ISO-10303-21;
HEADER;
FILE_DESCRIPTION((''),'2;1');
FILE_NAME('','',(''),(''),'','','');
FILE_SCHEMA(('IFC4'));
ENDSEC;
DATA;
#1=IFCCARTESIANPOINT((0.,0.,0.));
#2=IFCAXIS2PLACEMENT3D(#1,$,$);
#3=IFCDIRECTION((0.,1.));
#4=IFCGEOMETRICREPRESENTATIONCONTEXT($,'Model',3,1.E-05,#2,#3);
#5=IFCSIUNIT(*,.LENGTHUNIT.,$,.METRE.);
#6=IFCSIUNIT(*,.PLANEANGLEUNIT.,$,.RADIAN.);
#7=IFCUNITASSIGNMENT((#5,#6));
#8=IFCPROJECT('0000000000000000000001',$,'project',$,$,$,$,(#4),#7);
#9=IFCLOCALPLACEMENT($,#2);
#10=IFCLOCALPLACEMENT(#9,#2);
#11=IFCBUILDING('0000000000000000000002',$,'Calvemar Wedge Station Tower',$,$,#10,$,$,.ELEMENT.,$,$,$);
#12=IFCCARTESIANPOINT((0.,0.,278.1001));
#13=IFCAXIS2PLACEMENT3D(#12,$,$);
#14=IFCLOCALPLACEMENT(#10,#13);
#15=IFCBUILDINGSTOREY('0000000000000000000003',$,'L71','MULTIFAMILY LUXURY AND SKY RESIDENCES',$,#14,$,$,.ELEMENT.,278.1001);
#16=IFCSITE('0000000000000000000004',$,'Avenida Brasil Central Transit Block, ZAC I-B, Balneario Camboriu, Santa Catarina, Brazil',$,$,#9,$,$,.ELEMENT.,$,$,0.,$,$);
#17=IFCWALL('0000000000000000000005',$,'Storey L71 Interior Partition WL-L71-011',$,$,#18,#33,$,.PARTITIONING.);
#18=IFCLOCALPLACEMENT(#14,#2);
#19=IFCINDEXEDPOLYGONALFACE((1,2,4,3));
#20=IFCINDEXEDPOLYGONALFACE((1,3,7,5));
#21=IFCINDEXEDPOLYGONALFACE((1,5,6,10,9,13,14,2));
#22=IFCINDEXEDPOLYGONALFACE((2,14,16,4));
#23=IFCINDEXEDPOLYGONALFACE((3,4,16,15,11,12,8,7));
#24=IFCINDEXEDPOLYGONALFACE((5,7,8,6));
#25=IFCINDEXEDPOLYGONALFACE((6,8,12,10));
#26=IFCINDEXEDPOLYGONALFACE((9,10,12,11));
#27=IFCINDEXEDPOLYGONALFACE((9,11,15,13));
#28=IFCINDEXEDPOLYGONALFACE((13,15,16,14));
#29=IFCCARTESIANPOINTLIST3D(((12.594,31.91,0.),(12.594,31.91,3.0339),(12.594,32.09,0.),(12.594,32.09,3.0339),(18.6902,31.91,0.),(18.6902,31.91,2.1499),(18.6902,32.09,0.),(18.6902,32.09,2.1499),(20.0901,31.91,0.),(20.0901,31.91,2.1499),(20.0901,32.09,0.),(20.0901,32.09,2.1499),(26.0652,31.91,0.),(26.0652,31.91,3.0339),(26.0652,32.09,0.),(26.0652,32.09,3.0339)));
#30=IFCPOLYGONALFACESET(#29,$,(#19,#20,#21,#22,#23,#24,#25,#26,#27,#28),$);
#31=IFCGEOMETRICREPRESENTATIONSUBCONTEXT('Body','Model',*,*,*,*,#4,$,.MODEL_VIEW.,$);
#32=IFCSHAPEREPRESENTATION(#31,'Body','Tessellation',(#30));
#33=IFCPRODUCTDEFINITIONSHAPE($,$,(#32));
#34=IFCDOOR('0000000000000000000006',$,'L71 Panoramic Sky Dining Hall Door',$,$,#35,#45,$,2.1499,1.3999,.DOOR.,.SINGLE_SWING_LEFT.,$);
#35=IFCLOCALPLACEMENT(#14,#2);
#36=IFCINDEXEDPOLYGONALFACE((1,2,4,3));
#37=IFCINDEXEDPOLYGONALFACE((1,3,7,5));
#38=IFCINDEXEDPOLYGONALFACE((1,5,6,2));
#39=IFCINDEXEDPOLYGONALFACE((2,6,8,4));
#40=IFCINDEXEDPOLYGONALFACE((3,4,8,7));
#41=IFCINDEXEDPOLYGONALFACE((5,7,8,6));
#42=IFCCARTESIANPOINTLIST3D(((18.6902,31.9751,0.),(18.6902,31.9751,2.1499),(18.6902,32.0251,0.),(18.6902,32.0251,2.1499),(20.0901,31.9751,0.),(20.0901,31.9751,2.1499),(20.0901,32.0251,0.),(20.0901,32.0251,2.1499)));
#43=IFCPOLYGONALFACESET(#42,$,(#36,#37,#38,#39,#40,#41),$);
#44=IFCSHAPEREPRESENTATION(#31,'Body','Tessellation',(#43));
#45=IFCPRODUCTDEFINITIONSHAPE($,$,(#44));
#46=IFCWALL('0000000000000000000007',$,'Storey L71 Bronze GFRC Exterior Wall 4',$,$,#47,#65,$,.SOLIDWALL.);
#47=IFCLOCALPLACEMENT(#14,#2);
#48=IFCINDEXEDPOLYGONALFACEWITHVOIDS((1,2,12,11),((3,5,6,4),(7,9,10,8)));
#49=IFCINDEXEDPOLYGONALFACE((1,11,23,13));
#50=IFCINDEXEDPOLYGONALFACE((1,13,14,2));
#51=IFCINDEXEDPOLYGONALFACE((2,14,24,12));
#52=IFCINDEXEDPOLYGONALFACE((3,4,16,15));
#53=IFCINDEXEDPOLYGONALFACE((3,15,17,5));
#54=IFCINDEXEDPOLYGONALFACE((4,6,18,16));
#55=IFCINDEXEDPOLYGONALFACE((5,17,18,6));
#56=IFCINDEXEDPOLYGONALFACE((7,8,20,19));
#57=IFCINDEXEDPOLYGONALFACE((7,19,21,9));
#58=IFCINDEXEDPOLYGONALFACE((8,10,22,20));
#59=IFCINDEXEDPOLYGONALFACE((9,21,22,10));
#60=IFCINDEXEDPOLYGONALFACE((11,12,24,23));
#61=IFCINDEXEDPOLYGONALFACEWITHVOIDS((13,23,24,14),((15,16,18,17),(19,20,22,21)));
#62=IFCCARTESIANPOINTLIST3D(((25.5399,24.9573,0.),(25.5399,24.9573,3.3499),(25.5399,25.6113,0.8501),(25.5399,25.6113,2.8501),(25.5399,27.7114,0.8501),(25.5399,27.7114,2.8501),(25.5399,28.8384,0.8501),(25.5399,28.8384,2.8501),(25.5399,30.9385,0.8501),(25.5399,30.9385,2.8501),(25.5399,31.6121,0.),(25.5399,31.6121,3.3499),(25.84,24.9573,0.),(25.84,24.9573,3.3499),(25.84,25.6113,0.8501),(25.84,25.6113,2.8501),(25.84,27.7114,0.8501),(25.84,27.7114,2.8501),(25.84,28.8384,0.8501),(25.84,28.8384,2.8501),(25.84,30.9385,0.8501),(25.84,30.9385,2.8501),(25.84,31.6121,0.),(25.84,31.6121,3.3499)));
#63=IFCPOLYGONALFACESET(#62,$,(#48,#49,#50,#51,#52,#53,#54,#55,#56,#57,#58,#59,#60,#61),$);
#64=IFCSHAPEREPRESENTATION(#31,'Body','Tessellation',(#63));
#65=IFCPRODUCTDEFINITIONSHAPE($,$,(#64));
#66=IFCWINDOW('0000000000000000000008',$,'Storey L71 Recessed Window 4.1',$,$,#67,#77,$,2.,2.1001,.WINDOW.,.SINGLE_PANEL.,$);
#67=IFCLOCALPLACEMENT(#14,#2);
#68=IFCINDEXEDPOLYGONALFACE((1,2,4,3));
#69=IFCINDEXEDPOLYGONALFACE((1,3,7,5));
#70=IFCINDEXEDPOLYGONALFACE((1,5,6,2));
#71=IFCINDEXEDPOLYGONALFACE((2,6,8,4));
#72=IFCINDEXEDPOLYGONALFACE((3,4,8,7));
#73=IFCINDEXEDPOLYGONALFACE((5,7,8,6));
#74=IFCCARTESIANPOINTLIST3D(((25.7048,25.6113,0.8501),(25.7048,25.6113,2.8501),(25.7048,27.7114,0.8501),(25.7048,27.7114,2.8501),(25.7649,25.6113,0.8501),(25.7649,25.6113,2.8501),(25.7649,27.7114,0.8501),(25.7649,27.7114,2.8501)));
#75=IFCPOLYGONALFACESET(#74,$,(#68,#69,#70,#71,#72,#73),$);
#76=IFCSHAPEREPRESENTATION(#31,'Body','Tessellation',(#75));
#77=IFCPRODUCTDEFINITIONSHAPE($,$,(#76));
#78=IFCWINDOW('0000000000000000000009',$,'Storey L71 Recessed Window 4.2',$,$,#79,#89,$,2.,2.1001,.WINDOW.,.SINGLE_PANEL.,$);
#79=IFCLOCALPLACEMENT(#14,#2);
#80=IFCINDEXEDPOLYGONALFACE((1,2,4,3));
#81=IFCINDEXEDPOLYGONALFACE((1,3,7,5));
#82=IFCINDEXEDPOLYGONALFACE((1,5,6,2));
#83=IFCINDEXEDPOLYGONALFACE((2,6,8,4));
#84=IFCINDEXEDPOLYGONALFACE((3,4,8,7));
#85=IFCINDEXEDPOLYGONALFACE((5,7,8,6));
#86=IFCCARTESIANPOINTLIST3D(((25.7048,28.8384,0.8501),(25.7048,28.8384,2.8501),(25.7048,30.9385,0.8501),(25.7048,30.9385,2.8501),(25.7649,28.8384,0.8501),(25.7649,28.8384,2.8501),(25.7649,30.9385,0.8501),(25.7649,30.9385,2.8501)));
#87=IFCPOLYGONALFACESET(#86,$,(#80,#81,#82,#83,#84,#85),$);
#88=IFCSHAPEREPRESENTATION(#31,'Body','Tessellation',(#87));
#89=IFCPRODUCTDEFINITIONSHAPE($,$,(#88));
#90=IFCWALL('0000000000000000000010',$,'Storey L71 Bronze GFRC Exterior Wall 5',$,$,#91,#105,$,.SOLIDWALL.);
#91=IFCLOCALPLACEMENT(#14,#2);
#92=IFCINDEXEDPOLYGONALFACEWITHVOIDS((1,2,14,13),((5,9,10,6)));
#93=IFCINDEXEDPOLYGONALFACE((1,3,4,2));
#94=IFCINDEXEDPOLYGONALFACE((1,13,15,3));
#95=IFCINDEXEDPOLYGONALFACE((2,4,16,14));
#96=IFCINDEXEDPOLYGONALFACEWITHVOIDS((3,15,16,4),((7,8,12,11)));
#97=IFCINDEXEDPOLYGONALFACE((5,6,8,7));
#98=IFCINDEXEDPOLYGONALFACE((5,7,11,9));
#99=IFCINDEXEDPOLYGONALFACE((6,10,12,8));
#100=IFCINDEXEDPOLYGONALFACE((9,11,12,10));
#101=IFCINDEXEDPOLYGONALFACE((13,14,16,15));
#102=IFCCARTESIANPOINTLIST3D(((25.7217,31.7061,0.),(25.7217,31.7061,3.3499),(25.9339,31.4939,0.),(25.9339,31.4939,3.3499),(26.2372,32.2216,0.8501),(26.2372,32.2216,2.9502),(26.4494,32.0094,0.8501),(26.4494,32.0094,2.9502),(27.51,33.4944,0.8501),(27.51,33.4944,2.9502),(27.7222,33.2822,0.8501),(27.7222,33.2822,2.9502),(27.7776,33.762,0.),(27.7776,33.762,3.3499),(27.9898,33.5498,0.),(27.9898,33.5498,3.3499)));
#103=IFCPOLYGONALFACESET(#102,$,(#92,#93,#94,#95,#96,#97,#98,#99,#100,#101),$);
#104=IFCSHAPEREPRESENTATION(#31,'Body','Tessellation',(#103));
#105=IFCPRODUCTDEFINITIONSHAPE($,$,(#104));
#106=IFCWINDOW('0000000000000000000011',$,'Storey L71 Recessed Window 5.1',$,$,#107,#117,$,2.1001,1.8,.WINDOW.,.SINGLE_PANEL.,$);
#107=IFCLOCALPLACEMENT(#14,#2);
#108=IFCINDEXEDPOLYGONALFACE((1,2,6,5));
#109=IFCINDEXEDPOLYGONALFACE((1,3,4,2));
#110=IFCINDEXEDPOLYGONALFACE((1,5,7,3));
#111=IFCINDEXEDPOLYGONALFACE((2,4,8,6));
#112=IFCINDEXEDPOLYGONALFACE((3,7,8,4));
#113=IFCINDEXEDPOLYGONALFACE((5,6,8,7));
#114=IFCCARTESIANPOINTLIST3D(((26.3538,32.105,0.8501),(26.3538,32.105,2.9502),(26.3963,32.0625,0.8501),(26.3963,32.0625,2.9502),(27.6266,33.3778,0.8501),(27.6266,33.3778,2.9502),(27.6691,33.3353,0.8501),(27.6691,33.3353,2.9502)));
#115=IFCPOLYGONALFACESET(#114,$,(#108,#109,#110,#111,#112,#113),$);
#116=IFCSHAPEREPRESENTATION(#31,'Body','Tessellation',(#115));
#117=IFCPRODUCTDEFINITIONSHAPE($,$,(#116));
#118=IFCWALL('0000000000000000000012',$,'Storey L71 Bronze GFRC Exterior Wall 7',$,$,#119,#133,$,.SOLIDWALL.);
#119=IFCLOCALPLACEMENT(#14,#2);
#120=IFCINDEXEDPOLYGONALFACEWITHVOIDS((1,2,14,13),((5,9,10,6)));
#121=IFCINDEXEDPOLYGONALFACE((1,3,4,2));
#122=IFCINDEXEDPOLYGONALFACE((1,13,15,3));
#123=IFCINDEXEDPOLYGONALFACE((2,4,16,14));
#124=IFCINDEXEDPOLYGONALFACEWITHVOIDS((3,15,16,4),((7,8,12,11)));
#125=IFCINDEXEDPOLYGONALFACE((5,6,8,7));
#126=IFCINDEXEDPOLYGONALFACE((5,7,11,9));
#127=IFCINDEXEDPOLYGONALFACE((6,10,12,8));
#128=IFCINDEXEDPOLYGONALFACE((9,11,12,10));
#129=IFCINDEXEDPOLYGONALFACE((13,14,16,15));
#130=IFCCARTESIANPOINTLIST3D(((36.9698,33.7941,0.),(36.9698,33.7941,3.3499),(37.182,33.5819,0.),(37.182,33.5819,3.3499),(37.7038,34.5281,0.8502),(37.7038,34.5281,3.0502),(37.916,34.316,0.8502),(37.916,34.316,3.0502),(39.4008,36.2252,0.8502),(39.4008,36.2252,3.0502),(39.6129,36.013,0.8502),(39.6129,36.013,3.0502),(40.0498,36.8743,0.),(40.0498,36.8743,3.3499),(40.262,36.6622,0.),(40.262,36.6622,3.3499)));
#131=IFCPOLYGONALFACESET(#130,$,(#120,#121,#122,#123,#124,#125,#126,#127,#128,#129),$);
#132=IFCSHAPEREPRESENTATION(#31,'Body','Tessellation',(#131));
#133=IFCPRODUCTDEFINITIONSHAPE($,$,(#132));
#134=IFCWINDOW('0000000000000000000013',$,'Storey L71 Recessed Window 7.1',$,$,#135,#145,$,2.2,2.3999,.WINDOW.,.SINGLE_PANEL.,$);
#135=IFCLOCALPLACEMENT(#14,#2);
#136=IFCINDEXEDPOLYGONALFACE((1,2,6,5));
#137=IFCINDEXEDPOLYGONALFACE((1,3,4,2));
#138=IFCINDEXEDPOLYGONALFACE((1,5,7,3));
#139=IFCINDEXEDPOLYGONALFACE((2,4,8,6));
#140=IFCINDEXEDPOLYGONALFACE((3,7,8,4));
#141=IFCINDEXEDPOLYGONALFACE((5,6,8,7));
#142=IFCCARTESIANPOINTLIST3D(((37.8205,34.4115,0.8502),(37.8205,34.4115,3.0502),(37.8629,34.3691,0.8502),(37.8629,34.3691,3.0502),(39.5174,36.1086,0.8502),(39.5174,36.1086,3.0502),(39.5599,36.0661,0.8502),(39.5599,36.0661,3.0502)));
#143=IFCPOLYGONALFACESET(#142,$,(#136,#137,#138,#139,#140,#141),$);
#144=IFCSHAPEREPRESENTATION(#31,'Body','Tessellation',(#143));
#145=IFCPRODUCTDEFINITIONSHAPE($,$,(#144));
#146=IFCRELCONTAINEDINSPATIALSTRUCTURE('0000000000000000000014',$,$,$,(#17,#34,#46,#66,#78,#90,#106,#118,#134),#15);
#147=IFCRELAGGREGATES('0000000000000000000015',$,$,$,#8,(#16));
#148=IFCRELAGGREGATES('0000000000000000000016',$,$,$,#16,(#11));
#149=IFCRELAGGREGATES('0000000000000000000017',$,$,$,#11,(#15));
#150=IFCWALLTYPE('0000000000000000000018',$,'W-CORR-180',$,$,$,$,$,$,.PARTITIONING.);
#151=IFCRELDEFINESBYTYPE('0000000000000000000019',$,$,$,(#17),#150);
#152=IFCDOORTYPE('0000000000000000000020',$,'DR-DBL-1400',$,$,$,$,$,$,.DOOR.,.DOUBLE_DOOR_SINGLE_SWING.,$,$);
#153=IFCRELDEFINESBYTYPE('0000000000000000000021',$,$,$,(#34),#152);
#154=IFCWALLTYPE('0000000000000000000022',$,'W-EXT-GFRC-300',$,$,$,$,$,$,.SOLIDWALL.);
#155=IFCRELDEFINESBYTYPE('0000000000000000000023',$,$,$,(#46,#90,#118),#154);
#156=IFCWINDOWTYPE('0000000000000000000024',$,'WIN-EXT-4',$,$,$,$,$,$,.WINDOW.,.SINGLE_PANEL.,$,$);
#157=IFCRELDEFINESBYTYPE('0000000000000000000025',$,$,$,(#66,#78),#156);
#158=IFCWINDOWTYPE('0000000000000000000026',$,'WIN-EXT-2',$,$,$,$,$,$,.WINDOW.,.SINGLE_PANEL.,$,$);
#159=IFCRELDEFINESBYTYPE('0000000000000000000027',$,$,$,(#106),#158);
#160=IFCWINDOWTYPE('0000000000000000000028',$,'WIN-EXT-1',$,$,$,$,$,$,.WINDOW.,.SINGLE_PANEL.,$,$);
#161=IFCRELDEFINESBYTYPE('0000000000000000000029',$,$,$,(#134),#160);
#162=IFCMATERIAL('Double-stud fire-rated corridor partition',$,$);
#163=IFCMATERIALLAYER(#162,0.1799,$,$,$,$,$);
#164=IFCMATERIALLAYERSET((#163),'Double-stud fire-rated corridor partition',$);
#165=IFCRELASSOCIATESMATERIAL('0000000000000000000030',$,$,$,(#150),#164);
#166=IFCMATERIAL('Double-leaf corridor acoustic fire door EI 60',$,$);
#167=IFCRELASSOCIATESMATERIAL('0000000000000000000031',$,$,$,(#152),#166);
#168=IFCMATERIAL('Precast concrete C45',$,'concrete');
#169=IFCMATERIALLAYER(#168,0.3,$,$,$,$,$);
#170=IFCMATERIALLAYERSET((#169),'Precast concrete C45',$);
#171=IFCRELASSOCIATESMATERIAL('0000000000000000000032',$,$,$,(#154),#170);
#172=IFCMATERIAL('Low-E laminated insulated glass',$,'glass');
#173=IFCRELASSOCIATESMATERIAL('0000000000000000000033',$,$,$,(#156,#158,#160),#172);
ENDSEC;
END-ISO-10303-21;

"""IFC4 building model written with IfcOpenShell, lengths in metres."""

from ifc_helpers import new_model, si_unit, direction, frame, frame_2d, origin, place, context, subcontext, project, spatial, rectangle, extrude, source, transform, mapped, material, layer, layer_set, type_object, element, fill, save


model = new_model("IFC4")

# Units and contexts
model_context = context("Model", 3, precision=1e-05, world=origin(), true_north=direction((0.0, 1.0)))
body_context = subcontext(model_context, "Body", "Model", "MODEL_VIEW")
ifc_project = project(units=[si_unit("LENGTHUNIT", "METRE"), si_unit("PLANEANGLEUNIT", "RADIAN")], contexts=[model_context])

# Site, building, storey
site_placement = place(None, origin())
site = spatial("IfcSite", under=ifc_project, at=site_placement, Name="Avenida Brasil Central Transit Block, ZAC I-B, Balneario Camboriu, Santa Catarina, Brazil", CompositionType="ELEMENT", RefElevation=0.0)
building_placement = place(site_placement, origin())
building = spatial("IfcBuilding", under=site, at=building_placement, Name="Calvemar Wedge Station Tower", CompositionType="ELEMENT")
storey_placement = place(building_placement, frame((0.0, 0.0, 278.1001)))
storey = spatial("IfcBuildingStorey", under=building, at=storey_placement, Name="L71", Description="MULTIFAMILY LUXURY AND SKY RESIDENCES", CompositionType="ELEMENT", Elevation=278.1001)

# Wall, opening, door
ifc_material_1 = material(Name="Double-stud fire-rated corridor partition")
ifc_layer_1 = layer(ifc_material_1, 0.1799)
ifc_layer_set_1 = layer_set([ifc_layer_1], Name="Double-stud fire-rated corridor partition")
wall_type_1 = type_object("IfcWallType", Name="W-CORR-180", PredefinedType="PARTITIONING", material=ifc_layer_set_1)
wall_1_placement = place(storey_placement, frame((26.0652, 32.0, 0.0), z_axis=(0.0, 0.0, 1.0), x_axis=(-1.0, 0.0, 0.0)))
wall_1 = element("IfcWall", 1, at=wall_1_placement, inside=storey, type_object=wall_type_1, Name="Storey L71 Interior Partition WL-L71-011", PredefinedType="PARTITIONING", context=body_context, shape_type="SweptSolid", body=[
    extrude(rectangle(XDim=13.4712, YDim=0.1799, at=frame_2d((6.7356, 0.0))), origin(), (0.0, 0.0, 1.0), 3.0339),
])
shared_shape_1 = source(origin(), body_context, "Body", "SweptSolid", [
    extrude(rectangle(XDim=1.3999, YDim=2.1499, at=frame_2d((0.7, 1.075))), frame((0.0, 0.1001, 0.0), z_axis=(0.0, -1.0, 0.0), x_axis=(1.0, 0.0, 0.0)), (0.0, 0.0, 1.0), 0.2),
])
opening_1_placement = place(wall_1_placement, frame((5.9751, 0.0, 0.0)))
opening_1 = element("IfcOpeningElement", 2, at=opening_1_placement, cuts=wall_1, PredefinedType="OPENING", context=body_context, shape_type="MappedRepresentation", body=[
    mapped(shared_shape_1, transform((0.0, 0.0, 0.0), scale=1.0)),
])
ifc_material_2 = material(Name="Double-leaf corridor acoustic fire door EI 60")
door_type_1 = type_object("IfcDoorType", Name="DR-DBL-1400", OperationType="DOUBLE_DOOR_SINGLE_SWING", PredefinedType="DOOR", material=ifc_material_2)
shared_shape_2 = source(origin(), body_context, "Body", "SweptSolid", [
    extrude(rectangle(XDim=1.3999, YDim=2.1499, at=frame_2d((0.7, 1.075))), frame((0.0, 0.0249, 0.0), z_axis=(0.0, -1.0, 0.0), x_axis=(1.0, 0.0, 0.0)), (0.0, 0.0, 1.0), 0.05),
])
door_1_placement = place(opening_1_placement, origin())
door_1 = element("IfcDoor", 3, at=door_1_placement, inside=storey, type_object=door_type_1, Name="L71 Panoramic Sky Dining Hall Door", OperationType="SINGLE_SWING_LEFT", OverallHeight=2.1499, OverallWidth=1.3999, PredefinedType="DOOR", context=body_context, shape_type="MappedRepresentation", body=[
    mapped(shared_shape_2, transform((0.0, 0.0, 0.0), scale=1.0)),
])
fill(opening_1, door_1)

# Wall, openings, windows
ifc_material_3 = material(Name="Precast concrete C45", Category="concrete")
ifc_layer_2 = layer(ifc_material_3, 0.3)
ifc_layer_set_2 = layer_set([ifc_layer_2], Name="Precast concrete C45")
wall_type_2 = type_object("IfcWallType", Name="W-EXT-GFRC-300", PredefinedType="SOLIDWALL", material=ifc_layer_set_2)
wall_2_placement = place(storey_placement, frame((25.6899, 24.9573, 0.0), z_axis=(0.0, 0.0, 1.0), x_axis=(0.0, 1.0, 0.0)))
wall_2 = element("IfcWall", 4, at=wall_2_placement, inside=storey, type_object=wall_type_2, Name="Storey L71 Bronze GFRC Exterior Wall 4", PredefinedType="SOLIDWALL", context=body_context, shape_type="SweptSolid", body=[
    extrude(rectangle(XDim=6.6548, YDim=0.3, at=frame_2d((3.3274, 0.0))), origin(), (0.0, 0.0, 1.0), 3.3499),
])
shared_shape_3 = source(origin(), body_context, "Body", "SweptSolid", [
    extrude(rectangle(XDim=2.1001, YDim=2.0, at=frame_2d((1.05, 1.0))), frame((0.0, 0.1602, 0.0), z_axis=(0.0, -1.0, 0.0), x_axis=(1.0, 0.0, 0.0)), (0.0, 0.0, 1.0), 0.3201),
])
opening_2_placement = place(wall_2_placement, frame((0.6541, 0.0, 0.8501)))
opening_2 = element("IfcOpeningElement", 5, at=opening_2_placement, cuts=wall_2, PredefinedType="OPENING", context=body_context, shape_type="MappedRepresentation", body=[
    mapped(shared_shape_3, transform((0.0, 0.0, 0.0), scale=1.0)),
])
opening_3_placement = place(wall_2_placement, frame((3.8811, 0.0, 0.8501)))
opening_3 = element("IfcOpeningElement", 6, at=opening_3_placement, cuts=wall_2, PredefinedType="OPENING", context=body_context, shape_type="MappedRepresentation", body=[
    mapped(shared_shape_3, transform((0.0, 0.0, 0.0), scale=1.0)),
])
ifc_material_4 = material(Name="Low-E laminated insulated glass", Category="glass")
window_type_1 = type_object("IfcWindowType", Name="WIN-EXT-4", PartitioningType="SINGLE_PANEL", PredefinedType="WINDOW", material=ifc_material_4)
shared_shape_4 = source(origin(), body_context, "Body", "SweptSolid", [
    extrude(rectangle(XDim=2.1001, YDim=2.0, at=frame_2d((1.05, 1.0))), frame((0.0, -0.0149, 0.0), z_axis=(0.0, -1.0, 0.0), x_axis=(1.0, 0.0, 0.0)), (0.0, 0.0, 1.0), 0.0601),
])
window_1_placement = place(opening_2_placement, origin())
window_1 = element("IfcWindow", 7, at=window_1_placement, inside=storey, type_object=window_type_1, Name="Storey L71 Recessed Window 4.1", OverallHeight=2.0, OverallWidth=2.1001, PartitioningType="SINGLE_PANEL", PredefinedType="WINDOW", context=body_context, shape_type="MappedRepresentation", body=[
    mapped(shared_shape_4, transform((0.0, 0.0, 0.0), scale=1.0)),
])
fill(opening_2, window_1)
window_2_placement = place(opening_3_placement, origin())
window_2 = element("IfcWindow", 8, at=window_2_placement, inside=storey, type_object=window_type_1, Name="Storey L71 Recessed Window 4.2", OverallHeight=2.0, OverallWidth=2.1001, PartitioningType="SINGLE_PANEL", PredefinedType="WINDOW", context=body_context, shape_type="MappedRepresentation", body=[
    mapped(shared_shape_4, transform((0.0, 0.0, 0.0), scale=1.0)),
])
fill(opening_3, window_2)

# Wall, opening, window
wall_3_placement = place(storey_placement, frame((25.8279, 31.6001, 0.0), z_axis=(0.0, 0.0, 1.0), x_axis=(0.707107, 0.707107, 0.0)))
wall_3 = element("IfcWall", 9, at=wall_3_placement, inside=storey, type_object=wall_type_2, Name="Storey L71 Bronze GFRC Exterior Wall 5", PredefinedType="SOLIDWALL", context=body_context, shape_type="SweptSolid", body=[
    extrude(rectangle(XDim=2.9075, YDim=0.3, at=frame_2d((1.4536, 0.0))), origin(), (0.0, 0.0, 1.0), 3.3499),
])
shared_shape_5 = source(origin(), body_context, "Body", "SweptSolid", [
    extrude(rectangle(XDim=1.8, YDim=2.1001, at=frame_2d((0.8999, 1.05))), frame((0.0, 0.1602, 0.0), z_axis=(0.0, -1.0, 0.0), x_axis=(1.0, 0.0, 0.0)), (0.0, 0.0, 1.0), 0.3201),
])
opening_4_placement = place(wall_3_placement, frame((0.729, 0.0, 0.8501)))
opening_4 = element("IfcOpeningElement", 10, at=opening_4_placement, cuts=wall_3, PredefinedType="OPENING", context=body_context, shape_type="MappedRepresentation", body=[
    mapped(shared_shape_5, transform((0.0, 0.0, 0.0), scale=1.0)),
])
window_type_2 = type_object("IfcWindowType", Name="WIN-EXT-2", PartitioningType="SINGLE_PANEL", PredefinedType="WINDOW", material=ifc_material_4)
shared_shape_6 = source(origin(), body_context, "Body", "SweptSolid", [
    extrude(rectangle(XDim=1.8, YDim=2.1001, at=frame_2d((0.8999, 1.05))), frame((0.0, -0.0149, 0.0), z_axis=(0.0, -1.0, 0.0), x_axis=(1.0, 0.0, 0.0)), (0.0, 0.0, 1.0), 0.0601),
])
window_3_placement = place(opening_4_placement, origin())
window_3 = element("IfcWindow", 11, at=window_3_placement, inside=storey, type_object=window_type_2, Name="Storey L71 Recessed Window 5.1", OverallHeight=2.1001, OverallWidth=1.8, PartitioningType="SINGLE_PANEL", PredefinedType="WINDOW", context=body_context, shape_type="MappedRepresentation", body=[
    mapped(shared_shape_6, transform((0.0, 0.0, 0.0), scale=1.0)),
])
fill(opening_4, window_3)

# Wall, opening, window
wall_4_placement = place(storey_placement, frame((37.0759, 33.688, 0.0), z_axis=(0.0, 0.0, 1.0), x_axis=(0.707079, 0.707135, 0.0)))
wall_4 = element("IfcWall", 12, at=wall_4_placement, inside=storey, type_object=wall_type_2, Name="Storey L71 Bronze GFRC Exterior Wall 7", PredefinedType="SOLIDWALL", context=body_context, shape_type="SweptSolid", body=[
    extrude(rectangle(XDim=4.356, YDim=0.3, at=frame_2d((2.178, 0.0))), origin(), (0.0, 0.0, 1.0), 3.3499),
])
shared_shape_7 = source(origin(), body_context, "Body", "SweptSolid", [
    extrude(rectangle(XDim=2.3999, YDim=2.2, at=frame_2d((1.2, 1.1001))), frame((0.0, 0.1602, 0.0), z_axis=(0.0, -1.0, 0.0), x_axis=(1.0, 0.0, 0.0)), (0.0, 0.0, 1.0), 0.3201),
])
opening_5_placement = place(wall_4_placement, frame((1.0381, 0.0, 0.8501)))
opening_5 = element("IfcOpeningElement", 13, at=opening_5_placement, cuts=wall_4, PredefinedType="OPENING", context=body_context, shape_type="MappedRepresentation", body=[
    mapped(shared_shape_7, transform((0.0, 0.0, 0.0), scale=1.0)),
])
window_type_3 = type_object("IfcWindowType", Name="WIN-EXT-1", PartitioningType="SINGLE_PANEL", PredefinedType="WINDOW", material=ifc_material_4)
shared_shape_8 = source(origin(), body_context, "Body", "SweptSolid", [
    extrude(rectangle(XDim=2.3999, YDim=2.2, at=frame_2d((1.2, 1.1001))), frame((0.0, -0.0149, 0.0), z_axis=(0.0, -1.0, 0.0), x_axis=(1.0, 0.0, 0.0)), (0.0, 0.0, 1.0), 0.0601),
])
window_4_placement = place(opening_5_placement, origin())
window_4 = element("IfcWindow", 14, at=window_4_placement, inside=storey, type_object=window_type_3, Name="Storey L71 Recessed Window 7.1", OverallHeight=2.2, OverallWidth=2.3999, PartitioningType="SINGLE_PANEL", PredefinedType="WINDOW", context=body_context, shape_type="MappedRepresentation", body=[
    mapped(shared_shape_8, transform((0.0, 0.0, 0.0), scale=1.0)),
])
fill(opening_5, window_4)

save(model, "model.ifc")
